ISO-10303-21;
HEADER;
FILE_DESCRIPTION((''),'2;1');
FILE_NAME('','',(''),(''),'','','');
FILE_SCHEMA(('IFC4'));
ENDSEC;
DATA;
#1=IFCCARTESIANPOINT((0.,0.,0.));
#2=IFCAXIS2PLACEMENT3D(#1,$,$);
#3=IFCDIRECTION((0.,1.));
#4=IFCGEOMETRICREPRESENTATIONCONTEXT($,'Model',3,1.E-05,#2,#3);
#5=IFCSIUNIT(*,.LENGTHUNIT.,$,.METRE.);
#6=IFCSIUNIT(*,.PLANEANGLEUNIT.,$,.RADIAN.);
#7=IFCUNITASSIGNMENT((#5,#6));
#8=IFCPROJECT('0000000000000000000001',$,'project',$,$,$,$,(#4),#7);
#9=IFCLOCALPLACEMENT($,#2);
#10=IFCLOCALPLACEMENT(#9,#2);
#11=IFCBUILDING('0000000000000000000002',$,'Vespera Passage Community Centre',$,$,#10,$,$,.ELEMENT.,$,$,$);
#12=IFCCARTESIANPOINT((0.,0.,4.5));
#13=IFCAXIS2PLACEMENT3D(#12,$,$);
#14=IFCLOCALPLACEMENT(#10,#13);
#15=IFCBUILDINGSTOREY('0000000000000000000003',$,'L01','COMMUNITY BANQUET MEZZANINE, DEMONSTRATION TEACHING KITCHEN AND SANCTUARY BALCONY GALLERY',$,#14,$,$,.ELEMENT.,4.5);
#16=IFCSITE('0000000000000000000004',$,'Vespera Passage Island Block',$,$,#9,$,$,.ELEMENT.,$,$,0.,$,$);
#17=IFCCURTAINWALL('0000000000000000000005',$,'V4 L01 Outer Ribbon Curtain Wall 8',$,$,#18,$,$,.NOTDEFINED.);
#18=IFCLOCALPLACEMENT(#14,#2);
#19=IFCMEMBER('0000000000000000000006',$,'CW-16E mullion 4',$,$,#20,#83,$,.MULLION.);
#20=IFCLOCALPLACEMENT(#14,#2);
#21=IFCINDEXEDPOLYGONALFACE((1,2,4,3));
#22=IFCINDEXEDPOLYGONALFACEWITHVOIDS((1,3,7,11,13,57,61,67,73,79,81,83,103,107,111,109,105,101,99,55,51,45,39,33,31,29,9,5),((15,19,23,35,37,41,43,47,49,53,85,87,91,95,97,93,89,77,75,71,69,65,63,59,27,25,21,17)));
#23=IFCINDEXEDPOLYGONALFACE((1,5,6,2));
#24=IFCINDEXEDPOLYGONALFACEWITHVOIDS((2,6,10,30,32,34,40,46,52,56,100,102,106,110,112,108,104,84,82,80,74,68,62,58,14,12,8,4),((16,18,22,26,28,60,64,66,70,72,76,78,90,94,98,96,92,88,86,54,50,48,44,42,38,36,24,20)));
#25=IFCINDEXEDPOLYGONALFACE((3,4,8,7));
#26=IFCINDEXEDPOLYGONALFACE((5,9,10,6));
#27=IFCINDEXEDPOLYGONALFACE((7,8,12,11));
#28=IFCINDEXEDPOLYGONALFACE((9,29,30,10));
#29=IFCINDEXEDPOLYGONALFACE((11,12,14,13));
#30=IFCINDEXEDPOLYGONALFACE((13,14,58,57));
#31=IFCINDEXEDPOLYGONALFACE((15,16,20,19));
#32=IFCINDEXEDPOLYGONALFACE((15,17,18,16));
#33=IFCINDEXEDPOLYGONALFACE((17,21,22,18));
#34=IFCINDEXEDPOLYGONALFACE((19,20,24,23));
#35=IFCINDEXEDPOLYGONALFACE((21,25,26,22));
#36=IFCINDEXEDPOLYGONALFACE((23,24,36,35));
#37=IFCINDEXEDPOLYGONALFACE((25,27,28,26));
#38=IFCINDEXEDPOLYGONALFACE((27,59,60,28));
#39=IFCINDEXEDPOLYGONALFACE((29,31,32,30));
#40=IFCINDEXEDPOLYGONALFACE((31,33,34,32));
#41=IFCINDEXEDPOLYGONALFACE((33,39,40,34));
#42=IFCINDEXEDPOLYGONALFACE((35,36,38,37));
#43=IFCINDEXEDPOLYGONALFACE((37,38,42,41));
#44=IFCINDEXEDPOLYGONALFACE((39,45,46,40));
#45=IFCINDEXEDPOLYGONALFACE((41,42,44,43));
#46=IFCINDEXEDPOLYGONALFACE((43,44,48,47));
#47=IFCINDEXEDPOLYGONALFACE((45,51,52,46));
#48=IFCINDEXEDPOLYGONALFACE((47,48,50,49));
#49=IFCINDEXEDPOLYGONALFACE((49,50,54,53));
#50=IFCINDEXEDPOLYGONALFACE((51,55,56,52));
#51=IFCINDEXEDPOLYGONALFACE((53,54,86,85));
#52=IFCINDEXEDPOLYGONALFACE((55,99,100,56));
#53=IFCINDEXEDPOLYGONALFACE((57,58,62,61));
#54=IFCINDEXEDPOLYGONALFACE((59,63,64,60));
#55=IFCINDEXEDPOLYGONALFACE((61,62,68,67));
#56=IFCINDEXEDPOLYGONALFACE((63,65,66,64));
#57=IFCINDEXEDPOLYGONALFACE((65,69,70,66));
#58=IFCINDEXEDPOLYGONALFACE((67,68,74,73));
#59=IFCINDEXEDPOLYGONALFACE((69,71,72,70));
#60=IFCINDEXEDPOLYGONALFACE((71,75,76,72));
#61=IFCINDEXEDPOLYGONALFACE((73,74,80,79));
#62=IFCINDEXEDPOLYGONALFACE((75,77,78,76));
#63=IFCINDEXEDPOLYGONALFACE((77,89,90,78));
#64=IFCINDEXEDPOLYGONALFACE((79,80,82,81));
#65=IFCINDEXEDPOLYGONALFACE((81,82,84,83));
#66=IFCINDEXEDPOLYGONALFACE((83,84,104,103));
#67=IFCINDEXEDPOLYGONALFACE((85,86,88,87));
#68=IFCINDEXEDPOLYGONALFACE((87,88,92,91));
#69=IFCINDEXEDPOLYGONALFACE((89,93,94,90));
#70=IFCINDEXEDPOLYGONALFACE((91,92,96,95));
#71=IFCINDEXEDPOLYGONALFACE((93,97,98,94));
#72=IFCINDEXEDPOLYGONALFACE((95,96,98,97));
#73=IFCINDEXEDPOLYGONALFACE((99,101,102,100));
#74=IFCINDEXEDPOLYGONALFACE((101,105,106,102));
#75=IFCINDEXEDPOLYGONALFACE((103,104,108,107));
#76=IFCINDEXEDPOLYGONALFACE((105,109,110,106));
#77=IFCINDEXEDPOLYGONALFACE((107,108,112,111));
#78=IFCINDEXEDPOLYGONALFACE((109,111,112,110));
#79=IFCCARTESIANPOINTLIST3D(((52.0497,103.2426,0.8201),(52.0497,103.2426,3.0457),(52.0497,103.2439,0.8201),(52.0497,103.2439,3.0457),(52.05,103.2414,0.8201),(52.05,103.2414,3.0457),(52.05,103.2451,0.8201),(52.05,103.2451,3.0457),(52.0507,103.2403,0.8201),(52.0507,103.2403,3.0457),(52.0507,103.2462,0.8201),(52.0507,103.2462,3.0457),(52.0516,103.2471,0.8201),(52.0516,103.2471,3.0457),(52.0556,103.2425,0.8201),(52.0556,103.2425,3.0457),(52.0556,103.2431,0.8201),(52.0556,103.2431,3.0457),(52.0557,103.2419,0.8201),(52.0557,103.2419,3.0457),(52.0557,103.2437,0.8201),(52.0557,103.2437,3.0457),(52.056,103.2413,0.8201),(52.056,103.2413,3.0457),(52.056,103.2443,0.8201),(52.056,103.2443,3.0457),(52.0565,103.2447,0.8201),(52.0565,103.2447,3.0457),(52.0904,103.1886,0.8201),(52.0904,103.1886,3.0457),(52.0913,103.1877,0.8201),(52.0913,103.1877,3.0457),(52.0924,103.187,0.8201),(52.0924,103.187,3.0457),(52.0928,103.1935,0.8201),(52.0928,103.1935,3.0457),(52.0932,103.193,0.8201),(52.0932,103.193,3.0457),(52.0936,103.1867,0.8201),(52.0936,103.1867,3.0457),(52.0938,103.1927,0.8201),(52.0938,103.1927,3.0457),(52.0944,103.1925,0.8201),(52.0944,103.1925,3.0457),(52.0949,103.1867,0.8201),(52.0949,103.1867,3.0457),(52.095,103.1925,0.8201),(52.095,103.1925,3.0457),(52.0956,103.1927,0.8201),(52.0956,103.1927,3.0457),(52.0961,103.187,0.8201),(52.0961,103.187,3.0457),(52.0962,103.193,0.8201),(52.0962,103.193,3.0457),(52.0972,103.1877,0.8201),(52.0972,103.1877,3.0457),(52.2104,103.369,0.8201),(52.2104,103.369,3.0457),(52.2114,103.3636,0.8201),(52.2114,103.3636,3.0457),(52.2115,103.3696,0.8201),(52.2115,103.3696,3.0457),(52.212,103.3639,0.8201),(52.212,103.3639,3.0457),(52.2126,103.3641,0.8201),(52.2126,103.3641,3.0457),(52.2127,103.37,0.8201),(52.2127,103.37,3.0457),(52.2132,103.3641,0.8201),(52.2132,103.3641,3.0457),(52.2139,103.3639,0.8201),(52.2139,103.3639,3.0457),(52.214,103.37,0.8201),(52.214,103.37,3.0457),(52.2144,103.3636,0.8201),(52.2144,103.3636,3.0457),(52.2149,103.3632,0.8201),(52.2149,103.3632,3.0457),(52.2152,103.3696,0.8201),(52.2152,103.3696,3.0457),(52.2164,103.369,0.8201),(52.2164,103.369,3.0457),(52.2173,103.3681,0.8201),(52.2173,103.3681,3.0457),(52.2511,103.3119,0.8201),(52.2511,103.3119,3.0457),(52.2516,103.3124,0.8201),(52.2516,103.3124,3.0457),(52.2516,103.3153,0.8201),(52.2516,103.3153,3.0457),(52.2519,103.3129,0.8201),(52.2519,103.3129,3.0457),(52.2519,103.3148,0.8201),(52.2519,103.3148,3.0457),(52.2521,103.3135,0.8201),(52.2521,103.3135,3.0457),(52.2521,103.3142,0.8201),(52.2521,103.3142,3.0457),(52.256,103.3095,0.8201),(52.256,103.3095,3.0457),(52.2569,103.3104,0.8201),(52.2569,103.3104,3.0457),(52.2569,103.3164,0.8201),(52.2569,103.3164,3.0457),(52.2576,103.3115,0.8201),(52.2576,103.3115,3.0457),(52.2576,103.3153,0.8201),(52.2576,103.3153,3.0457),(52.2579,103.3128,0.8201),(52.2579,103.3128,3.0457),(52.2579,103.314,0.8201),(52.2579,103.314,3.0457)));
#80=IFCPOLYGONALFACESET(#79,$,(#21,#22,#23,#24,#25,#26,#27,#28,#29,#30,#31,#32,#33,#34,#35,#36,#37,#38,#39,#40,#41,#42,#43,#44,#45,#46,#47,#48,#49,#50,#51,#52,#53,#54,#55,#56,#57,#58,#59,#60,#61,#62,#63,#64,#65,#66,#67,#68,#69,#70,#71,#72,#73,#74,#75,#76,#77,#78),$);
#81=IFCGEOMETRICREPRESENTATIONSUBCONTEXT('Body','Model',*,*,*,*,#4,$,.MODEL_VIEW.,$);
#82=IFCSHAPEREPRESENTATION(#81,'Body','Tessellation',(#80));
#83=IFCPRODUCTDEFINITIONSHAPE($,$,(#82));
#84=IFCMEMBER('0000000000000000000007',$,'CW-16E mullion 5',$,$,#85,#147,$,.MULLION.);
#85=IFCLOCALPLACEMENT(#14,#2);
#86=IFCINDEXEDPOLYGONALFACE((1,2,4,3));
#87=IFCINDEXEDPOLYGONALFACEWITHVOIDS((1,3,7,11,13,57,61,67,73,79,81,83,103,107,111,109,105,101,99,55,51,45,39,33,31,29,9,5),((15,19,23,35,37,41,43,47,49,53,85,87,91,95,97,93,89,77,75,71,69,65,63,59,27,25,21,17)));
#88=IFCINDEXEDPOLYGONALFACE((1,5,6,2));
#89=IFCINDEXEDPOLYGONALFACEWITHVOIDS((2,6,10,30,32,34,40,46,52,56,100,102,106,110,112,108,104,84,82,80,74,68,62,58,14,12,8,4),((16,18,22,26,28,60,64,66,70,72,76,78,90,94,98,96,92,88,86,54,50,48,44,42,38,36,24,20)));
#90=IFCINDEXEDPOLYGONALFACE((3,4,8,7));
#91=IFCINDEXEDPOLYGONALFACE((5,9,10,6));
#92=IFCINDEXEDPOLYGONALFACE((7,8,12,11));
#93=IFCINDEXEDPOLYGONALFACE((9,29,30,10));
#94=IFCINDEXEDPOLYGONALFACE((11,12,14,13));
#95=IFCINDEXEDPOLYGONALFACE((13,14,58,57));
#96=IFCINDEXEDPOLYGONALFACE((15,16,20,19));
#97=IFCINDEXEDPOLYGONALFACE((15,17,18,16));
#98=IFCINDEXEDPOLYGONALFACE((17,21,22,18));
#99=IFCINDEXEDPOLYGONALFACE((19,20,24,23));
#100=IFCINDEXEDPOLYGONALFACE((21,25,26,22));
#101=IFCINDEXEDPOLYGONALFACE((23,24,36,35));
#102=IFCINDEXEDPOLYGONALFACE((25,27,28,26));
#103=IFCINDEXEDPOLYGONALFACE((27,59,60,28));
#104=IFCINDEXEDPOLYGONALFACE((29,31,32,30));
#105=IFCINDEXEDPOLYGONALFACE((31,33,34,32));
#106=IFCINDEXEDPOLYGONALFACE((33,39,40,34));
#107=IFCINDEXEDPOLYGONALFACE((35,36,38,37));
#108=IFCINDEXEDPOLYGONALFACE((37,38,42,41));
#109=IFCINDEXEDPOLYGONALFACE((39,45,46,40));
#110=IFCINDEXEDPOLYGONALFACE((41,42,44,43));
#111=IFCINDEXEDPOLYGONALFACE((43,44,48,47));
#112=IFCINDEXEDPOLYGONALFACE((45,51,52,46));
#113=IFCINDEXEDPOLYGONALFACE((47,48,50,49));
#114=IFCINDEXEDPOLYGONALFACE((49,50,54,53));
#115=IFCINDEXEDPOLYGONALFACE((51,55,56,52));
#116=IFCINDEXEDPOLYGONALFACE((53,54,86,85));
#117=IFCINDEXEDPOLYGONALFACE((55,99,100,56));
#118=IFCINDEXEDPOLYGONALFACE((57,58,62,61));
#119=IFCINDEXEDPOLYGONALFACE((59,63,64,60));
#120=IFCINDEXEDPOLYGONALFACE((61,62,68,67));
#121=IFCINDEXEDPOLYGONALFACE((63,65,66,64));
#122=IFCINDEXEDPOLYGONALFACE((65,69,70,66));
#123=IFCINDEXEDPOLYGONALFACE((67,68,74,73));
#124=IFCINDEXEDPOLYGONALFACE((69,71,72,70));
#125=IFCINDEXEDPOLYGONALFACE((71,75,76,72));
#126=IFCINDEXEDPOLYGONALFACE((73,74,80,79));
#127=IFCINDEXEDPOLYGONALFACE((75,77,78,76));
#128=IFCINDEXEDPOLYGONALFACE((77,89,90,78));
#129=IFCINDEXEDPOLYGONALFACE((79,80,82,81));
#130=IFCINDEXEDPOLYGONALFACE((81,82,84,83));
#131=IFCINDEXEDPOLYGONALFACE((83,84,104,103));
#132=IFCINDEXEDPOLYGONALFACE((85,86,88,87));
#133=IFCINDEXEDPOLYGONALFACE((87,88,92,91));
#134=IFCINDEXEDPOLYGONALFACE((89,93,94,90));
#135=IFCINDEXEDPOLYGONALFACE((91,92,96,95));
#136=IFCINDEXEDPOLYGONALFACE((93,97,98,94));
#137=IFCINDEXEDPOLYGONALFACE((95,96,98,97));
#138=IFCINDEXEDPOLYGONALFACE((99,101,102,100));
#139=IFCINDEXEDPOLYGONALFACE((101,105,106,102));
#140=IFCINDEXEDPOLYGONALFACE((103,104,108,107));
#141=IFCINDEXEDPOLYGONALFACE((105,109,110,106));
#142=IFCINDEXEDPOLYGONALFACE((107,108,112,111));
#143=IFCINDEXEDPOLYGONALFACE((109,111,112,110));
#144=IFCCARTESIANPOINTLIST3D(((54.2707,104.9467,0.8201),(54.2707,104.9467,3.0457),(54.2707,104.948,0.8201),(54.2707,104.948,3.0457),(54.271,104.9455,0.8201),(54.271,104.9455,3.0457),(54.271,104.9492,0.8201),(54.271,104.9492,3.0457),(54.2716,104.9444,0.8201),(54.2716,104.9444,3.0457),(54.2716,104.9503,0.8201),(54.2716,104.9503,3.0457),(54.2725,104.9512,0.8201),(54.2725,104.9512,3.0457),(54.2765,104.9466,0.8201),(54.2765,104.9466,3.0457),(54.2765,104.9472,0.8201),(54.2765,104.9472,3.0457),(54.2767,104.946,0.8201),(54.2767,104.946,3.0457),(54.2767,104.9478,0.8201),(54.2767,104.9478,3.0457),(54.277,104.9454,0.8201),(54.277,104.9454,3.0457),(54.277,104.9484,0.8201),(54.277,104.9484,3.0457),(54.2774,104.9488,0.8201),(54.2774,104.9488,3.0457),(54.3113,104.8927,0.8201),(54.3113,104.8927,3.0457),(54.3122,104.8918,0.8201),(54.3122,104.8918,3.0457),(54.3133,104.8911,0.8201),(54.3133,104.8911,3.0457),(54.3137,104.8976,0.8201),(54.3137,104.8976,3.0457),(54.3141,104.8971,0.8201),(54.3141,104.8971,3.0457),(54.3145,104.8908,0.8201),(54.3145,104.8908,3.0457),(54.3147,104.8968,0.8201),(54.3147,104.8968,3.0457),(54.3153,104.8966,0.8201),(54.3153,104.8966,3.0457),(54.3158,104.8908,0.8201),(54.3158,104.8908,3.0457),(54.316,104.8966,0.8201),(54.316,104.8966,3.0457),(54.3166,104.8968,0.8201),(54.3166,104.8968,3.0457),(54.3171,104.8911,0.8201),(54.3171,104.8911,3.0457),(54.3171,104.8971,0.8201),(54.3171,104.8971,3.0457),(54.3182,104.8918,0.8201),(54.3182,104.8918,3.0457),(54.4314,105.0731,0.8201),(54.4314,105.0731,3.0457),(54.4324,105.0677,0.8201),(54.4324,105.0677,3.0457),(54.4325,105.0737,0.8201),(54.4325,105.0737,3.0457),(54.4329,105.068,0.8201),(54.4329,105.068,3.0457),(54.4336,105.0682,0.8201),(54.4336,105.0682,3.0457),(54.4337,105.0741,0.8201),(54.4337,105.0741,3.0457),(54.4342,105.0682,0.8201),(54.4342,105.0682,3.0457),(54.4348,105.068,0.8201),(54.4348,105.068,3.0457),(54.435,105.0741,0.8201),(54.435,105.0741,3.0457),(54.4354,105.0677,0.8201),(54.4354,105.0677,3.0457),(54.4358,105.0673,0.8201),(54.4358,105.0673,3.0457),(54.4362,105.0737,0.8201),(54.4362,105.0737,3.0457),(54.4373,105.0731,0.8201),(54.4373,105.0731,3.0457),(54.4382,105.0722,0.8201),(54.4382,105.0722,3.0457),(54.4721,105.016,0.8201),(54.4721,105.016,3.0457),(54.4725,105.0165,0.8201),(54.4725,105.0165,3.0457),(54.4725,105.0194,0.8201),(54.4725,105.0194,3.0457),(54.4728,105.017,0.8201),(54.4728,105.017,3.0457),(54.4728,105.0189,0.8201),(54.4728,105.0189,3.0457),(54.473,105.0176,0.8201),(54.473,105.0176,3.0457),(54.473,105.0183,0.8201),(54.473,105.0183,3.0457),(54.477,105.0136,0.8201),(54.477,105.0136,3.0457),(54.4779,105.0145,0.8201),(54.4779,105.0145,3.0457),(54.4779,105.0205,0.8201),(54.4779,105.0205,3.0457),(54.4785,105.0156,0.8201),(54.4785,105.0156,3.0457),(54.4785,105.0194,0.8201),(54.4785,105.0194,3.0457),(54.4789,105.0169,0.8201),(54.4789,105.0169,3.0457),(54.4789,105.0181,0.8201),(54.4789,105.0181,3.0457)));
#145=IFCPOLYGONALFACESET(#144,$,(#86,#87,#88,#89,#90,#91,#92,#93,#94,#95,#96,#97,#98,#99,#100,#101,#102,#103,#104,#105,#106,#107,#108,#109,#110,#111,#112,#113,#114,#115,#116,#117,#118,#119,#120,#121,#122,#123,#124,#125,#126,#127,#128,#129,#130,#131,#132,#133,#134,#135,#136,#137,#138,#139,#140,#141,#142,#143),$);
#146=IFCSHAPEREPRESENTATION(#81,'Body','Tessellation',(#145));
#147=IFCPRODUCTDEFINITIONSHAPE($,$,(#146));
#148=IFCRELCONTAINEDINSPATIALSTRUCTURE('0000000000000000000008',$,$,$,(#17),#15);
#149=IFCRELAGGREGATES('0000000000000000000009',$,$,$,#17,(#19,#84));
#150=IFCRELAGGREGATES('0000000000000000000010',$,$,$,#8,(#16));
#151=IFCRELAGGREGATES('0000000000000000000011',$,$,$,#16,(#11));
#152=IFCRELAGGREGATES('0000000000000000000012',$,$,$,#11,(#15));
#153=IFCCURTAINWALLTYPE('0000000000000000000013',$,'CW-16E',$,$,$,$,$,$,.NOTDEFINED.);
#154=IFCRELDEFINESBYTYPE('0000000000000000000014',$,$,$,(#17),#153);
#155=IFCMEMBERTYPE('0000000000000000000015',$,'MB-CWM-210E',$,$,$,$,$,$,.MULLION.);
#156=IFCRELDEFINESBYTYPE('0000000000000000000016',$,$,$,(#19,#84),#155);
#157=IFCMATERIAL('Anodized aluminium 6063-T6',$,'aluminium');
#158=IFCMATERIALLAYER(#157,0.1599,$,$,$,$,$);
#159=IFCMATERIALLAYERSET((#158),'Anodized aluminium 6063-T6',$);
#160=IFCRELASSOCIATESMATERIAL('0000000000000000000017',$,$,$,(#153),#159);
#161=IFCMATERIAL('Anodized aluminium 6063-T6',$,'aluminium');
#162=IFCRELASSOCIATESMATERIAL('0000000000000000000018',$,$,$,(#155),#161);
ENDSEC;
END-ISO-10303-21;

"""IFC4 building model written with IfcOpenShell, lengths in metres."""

from ifc_helpers import new_model, si_unit, direction, frame, origin, origin_2d, place, context, subcontext, project, spatial, hollow_rectangle, extrude, material, layer, layer_set, material_profile, profile_set, type_object, element, aggregate, save


model = new_model("IFC4")

# Units and contexts
model_context = context("Model", 3, precision=1e-05, world=origin(), true_north=direction((0.0, 1.0)))
body_context = subcontext(model_context, "Body", "Model", "MODEL_VIEW")
ifc_project = project(units=[si_unit("LENGTHUNIT", "METRE"), si_unit("PLANEANGLEUNIT", "RADIAN")], contexts=[model_context])

# Site, building, storey
site_placement = place(None, origin())
site = spatial("IfcSite", under=ifc_project, at=site_placement, Name="Vespera Passage Island Block", CompositionType="ELEMENT", RefElevation=0.0)
building_placement = place(site_placement, origin())
building = spatial("IfcBuilding", under=site, at=building_placement, Name="Vespera Passage Community Centre", CompositionType="ELEMENT")
storey_placement = place(building_placement, frame((0.0, 0.0, 4.5)))
storey = spatial("IfcBuildingStorey", under=building, at=storey_placement, Name="L01", Description="COMMUNITY BANQUET MEZZANINE, DEMONSTRATION TEACHING KITCHEN AND SANCTUARY BALCONY GALLERY", CompositionType="ELEMENT", Elevation=4.5)

# Curtain wall, members
ifc_material_1 = material(Name="Anodized aluminium 6063-T6", Category="aluminium")
ifc_layer_1 = layer(ifc_material_1, 0.1599)
ifc_layer_set_1 = layer_set([ifc_layer_1], Name="Anodized aluminium 6063-T6")
curtain_wall_type_1 = type_object("IfcCurtainWallType", Name="CW-16E", PredefinedType="NOTDEFINED", material=ifc_layer_set_1)
curtain_wall_1_placement = place(storey_placement, origin())
curtain_wall_1 = element("IfcCurtainWall", 1, at=curtain_wall_1_placement, inside=storey, type_object=curtain_wall_type_1, Name="V4 L01 Outer Ribbon Curtain Wall 8", PredefinedType="NOTDEFINED")
ifc_material_2 = material(Name="Anodized aluminium 6063-T6", Category="aluminium")
ifc_material_profile_1 = material_profile(ifc_material_2, hollow_rectangle(XDim=0.075, YDim=0.21, WallThickness=0.0049, InnerFilletRadius=0.0024, OuterFilletRadius=0.0049, at=origin_2d()), Name="ALU210X75X5")
ifc_profile_set_1 = profile_set([ifc_material_profile_1], Name="Anodized aluminium 6063-T6")
member_type_1 = type_object("IfcMemberType", Name="MB-CWM-210E", PredefinedType="MULLION", material=ifc_profile_set_1)
member_1_placement = place(storey_placement, frame((52.1538, 103.2783, 0.8201), z_axis=(0.0, 0.0, 1.0), x_axis=(-0.608768, 0.793348, 0.0)))
member_1 = element("IfcMember", 2, at=member_1_placement, type_object=member_type_1, Name="CW-16E mullion 4", PredefinedType="MULLION", context=body_context, shape_type="SweptSolid", body=[
    extrude(hollow_rectangle(XDim=0.075, YDim=0.21, WallThickness=0.0049, InnerFilletRadius=0.0024, OuterFilletRadius=0.0049, at=origin_2d()), origin(), (0.0, 0.0, 1.0), 2.2256),
])
member_2_placement = place(storey_placement, frame((54.3748, 104.9824, 0.8201), z_axis=(0.0, 0.0, 1.0), x_axis=(-0.608768, 0.793348, 0.0)))
member_2 = element("IfcMember", 3, at=member_2_placement, type_object=member_type_1, Name="CW-16E mullion 5", PredefinedType="MULLION", context=body_context, shape_type="SweptSolid", body=[
    extrude(hollow_rectangle(XDim=0.075, YDim=0.21, WallThickness=0.0049, InnerFilletRadius=0.0024, OuterFilletRadius=0.0049, at=origin_2d()), origin(), (0.0, 0.0, 1.0), 2.2256),
])

aggregate(curtain_wall_1, [member_1, member_2])

save(model, "model.ifc")
